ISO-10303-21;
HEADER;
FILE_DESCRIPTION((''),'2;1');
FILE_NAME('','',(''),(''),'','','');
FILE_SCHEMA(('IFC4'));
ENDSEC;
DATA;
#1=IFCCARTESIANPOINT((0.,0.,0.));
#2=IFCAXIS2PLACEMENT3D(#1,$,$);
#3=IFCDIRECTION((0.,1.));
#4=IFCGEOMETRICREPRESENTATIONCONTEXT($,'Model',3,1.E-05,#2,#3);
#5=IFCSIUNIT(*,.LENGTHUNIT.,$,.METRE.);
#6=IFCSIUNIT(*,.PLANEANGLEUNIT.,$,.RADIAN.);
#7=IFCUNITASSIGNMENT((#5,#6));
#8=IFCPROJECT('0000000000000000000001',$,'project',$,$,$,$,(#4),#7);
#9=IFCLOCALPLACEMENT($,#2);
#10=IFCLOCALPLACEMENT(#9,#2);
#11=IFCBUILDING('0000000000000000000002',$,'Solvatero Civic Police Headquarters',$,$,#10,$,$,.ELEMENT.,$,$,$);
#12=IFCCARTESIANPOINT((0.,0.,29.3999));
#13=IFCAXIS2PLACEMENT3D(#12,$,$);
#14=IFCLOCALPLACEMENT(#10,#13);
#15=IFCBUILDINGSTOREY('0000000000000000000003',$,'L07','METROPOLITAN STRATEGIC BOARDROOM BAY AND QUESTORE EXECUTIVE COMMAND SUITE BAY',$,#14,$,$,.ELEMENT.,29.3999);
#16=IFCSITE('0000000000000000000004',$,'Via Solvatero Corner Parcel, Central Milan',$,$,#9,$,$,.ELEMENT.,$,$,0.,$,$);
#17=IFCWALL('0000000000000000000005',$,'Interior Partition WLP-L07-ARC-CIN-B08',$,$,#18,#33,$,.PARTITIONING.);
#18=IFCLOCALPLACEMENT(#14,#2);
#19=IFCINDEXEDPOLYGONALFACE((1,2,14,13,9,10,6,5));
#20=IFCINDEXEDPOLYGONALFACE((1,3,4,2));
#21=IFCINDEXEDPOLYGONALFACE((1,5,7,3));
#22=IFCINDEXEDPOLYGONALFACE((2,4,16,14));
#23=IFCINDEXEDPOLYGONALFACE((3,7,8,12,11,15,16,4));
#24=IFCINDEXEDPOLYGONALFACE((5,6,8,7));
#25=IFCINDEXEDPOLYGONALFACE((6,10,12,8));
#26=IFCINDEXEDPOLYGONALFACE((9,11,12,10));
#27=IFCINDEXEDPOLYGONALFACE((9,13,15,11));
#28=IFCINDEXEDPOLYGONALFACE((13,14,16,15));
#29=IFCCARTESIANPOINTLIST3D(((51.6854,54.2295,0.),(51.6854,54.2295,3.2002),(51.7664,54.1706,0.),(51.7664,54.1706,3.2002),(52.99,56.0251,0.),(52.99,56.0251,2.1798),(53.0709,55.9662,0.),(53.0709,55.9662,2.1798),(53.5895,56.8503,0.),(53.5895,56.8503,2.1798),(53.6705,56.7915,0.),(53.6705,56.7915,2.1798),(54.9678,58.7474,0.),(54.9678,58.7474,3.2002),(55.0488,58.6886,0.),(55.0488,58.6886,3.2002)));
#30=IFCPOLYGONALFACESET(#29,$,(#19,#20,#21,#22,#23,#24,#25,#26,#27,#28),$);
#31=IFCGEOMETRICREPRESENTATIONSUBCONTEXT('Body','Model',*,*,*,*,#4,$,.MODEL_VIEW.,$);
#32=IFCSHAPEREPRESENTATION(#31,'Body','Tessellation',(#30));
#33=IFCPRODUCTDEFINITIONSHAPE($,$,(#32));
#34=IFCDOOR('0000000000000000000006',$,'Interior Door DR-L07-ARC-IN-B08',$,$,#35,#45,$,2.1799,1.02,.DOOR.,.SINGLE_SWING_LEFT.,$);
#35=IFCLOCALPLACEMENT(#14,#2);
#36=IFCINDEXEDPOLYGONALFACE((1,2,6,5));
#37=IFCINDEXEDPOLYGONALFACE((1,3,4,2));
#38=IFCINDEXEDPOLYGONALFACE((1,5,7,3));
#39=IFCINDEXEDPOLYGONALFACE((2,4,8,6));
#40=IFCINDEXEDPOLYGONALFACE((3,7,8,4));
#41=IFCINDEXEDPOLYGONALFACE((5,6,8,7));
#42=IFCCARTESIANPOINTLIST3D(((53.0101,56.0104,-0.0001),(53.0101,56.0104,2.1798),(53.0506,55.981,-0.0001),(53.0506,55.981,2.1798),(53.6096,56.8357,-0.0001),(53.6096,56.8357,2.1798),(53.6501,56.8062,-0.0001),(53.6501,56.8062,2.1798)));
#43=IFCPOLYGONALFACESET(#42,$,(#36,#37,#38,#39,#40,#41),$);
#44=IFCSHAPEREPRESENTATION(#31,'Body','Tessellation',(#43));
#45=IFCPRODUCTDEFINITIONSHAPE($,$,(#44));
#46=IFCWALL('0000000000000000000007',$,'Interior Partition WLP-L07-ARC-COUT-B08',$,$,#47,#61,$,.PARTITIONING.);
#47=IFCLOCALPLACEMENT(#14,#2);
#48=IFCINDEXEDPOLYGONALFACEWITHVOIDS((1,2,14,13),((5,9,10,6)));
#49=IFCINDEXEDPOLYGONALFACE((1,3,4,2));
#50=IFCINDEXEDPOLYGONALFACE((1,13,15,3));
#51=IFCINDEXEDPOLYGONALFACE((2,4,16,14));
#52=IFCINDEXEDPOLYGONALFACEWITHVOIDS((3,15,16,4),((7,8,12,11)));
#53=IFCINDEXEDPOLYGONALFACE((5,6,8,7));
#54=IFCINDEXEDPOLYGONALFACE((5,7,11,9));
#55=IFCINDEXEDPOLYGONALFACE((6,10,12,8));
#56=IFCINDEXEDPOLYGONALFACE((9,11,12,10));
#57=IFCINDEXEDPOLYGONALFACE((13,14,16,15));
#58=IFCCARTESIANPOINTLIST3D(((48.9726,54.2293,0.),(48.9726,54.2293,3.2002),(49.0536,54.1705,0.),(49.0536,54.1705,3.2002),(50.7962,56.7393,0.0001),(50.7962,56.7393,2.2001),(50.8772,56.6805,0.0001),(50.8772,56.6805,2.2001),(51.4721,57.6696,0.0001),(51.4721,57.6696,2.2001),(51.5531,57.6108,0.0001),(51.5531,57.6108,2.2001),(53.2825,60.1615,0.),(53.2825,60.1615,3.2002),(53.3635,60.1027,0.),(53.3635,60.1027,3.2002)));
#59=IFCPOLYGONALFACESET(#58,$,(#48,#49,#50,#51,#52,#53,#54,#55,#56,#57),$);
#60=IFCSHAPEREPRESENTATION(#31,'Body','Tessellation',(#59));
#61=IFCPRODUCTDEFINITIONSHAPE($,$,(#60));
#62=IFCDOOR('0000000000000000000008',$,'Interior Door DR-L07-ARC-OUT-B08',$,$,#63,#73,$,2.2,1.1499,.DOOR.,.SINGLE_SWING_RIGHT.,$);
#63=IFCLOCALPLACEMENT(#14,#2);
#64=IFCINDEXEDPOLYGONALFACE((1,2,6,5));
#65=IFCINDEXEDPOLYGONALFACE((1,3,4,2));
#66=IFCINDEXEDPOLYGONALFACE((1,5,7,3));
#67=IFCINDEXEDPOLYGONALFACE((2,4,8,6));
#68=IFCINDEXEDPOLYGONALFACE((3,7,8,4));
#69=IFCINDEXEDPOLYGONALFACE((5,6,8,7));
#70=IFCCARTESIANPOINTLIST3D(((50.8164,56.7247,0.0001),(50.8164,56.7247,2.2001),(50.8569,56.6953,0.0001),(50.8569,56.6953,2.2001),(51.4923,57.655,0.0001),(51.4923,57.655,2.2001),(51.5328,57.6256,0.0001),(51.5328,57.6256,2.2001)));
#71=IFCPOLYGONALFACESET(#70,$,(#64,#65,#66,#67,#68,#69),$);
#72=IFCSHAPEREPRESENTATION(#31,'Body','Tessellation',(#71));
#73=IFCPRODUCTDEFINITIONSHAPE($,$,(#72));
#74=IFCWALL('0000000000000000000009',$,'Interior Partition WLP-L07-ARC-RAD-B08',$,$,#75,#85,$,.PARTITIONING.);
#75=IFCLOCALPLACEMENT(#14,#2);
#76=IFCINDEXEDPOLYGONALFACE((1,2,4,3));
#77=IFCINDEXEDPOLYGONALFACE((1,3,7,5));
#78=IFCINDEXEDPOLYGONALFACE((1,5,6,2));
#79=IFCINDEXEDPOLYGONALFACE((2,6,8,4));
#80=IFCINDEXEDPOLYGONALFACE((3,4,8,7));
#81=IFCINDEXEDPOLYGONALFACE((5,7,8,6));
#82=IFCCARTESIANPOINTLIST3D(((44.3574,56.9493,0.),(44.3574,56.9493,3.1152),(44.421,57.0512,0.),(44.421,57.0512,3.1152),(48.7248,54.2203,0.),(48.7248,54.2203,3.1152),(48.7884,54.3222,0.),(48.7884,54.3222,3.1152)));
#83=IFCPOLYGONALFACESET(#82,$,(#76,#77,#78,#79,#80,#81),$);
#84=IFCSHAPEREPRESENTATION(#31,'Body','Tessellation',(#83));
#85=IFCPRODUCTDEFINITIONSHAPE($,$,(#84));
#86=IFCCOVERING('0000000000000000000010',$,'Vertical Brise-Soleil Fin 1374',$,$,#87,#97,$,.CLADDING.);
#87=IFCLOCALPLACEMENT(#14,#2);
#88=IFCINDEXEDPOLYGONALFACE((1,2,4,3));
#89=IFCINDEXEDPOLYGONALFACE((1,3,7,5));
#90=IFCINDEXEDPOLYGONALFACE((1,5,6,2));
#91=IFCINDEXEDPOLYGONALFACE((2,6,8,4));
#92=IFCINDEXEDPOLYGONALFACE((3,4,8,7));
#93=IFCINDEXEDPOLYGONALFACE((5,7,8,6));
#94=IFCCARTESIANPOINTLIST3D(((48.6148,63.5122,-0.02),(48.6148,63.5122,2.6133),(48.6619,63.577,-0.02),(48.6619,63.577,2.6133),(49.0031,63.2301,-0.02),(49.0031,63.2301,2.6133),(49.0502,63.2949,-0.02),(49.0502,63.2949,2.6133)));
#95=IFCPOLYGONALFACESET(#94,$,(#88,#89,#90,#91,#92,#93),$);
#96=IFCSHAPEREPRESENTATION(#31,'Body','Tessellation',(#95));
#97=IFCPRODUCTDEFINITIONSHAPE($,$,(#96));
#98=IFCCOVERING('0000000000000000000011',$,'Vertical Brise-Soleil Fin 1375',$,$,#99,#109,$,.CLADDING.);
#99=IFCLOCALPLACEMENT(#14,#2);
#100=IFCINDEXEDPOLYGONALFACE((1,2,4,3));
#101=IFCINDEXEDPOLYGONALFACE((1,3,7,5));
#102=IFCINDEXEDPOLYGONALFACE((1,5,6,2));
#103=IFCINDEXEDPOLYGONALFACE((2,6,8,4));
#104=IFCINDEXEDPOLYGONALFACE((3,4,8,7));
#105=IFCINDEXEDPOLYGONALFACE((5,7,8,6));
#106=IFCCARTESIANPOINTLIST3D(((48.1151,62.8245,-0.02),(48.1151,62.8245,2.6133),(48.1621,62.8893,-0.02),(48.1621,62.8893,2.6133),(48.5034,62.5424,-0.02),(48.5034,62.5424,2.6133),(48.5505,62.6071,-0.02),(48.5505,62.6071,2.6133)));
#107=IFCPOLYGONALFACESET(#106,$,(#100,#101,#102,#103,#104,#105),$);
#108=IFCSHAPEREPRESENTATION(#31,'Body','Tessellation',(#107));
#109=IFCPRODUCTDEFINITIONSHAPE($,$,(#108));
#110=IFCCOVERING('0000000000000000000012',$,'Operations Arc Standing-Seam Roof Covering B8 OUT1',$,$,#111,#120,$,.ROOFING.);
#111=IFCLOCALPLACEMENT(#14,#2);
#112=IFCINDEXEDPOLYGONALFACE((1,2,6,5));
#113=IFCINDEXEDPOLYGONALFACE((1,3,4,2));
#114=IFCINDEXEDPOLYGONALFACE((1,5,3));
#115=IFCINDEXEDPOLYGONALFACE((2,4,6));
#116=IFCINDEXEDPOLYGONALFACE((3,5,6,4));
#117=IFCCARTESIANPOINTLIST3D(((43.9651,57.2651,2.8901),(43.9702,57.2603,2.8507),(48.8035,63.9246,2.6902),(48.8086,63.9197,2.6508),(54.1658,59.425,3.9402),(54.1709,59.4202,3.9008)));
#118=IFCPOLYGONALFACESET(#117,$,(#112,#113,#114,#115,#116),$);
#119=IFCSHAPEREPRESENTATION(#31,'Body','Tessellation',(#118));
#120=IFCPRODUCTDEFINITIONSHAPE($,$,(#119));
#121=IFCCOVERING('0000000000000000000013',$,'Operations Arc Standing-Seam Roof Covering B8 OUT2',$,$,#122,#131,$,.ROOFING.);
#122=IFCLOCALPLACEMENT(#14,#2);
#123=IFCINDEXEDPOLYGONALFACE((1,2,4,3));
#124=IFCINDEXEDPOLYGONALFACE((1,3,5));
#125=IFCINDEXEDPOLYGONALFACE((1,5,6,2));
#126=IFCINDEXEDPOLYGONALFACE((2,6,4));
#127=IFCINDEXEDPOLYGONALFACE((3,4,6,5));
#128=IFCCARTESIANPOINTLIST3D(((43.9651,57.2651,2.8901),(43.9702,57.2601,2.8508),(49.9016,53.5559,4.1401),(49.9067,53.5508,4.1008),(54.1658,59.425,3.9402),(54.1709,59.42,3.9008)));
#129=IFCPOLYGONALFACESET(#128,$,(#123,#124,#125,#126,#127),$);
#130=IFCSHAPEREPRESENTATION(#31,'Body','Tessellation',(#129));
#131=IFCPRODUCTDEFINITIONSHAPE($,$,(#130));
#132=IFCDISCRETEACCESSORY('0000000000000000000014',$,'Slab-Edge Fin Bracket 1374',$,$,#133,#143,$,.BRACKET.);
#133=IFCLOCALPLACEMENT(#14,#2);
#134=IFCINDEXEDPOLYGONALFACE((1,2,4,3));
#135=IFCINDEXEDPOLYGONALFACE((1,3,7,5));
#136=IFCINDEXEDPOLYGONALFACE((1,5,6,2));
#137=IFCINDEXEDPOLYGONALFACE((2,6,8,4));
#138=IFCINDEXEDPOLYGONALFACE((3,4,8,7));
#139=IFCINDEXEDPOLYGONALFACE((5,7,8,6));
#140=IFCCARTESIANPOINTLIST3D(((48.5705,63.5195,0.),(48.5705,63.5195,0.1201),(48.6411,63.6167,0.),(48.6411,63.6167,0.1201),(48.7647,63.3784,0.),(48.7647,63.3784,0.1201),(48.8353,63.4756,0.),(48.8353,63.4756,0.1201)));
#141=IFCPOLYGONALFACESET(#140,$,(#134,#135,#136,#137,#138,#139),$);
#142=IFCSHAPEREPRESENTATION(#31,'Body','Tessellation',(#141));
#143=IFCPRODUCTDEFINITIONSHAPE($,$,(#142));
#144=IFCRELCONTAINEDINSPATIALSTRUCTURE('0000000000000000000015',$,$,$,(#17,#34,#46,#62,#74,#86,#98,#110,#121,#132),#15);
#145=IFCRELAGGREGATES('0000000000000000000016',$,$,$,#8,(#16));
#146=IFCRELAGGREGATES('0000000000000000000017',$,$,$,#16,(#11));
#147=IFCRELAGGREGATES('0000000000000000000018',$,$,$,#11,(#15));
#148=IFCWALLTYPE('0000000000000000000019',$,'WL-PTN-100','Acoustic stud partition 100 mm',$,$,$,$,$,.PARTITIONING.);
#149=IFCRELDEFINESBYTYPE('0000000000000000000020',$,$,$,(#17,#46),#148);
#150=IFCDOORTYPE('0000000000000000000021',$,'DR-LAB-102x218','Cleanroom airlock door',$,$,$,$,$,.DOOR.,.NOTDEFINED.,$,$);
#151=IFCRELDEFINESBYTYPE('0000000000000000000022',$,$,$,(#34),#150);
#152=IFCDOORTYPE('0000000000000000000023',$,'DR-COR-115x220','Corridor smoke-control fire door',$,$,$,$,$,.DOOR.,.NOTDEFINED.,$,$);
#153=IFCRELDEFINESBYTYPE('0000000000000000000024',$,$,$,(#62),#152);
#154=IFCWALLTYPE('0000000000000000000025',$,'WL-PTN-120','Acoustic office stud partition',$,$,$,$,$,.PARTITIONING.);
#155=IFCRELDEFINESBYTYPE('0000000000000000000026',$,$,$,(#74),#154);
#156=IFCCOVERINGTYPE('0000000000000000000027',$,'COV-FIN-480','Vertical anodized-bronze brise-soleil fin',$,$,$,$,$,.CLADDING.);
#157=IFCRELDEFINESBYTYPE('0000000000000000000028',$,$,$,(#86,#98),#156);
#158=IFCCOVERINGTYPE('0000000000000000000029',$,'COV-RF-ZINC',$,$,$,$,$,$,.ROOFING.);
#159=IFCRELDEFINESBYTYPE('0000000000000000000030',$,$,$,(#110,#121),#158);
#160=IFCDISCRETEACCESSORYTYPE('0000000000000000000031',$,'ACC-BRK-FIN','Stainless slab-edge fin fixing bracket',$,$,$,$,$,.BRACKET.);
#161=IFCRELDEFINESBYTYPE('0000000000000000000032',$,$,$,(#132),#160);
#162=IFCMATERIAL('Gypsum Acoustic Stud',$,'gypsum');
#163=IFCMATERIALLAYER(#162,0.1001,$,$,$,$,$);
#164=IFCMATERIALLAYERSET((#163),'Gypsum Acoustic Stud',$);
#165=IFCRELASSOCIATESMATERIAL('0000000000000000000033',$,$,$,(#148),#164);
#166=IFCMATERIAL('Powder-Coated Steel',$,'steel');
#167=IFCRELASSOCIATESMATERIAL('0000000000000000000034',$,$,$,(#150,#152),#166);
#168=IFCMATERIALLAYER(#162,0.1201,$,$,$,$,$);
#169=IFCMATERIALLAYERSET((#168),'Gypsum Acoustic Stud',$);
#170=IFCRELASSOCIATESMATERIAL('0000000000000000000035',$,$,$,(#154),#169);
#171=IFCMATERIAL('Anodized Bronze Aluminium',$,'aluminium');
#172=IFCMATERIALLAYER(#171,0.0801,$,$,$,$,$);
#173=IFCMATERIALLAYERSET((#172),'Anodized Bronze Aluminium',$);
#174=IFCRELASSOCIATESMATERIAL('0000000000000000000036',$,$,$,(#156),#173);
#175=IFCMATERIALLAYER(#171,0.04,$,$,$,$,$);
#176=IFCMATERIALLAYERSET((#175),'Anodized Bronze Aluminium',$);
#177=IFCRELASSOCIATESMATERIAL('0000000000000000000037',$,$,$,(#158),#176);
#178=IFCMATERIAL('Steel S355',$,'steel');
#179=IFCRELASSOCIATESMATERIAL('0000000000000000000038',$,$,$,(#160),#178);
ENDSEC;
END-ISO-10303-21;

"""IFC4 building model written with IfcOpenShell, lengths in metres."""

from ifc_helpers import new_model, si_unit, direction, frame, frame_2d, origin, origin_2d, place, context, subcontext, project, spatial, polyline, rectangle, outline, extrude, material, layer, layer_set, type_object, element, fill, save


model = new_model("IFC4")

# Units and contexts
model_context = context("Model", 3, precision=1e-05, world=origin(), true_north=direction((0.0, 1.0)))
body_context = subcontext(model_context, "Body", "Model", "MODEL_VIEW")
ifc_project = project(units=[si_unit("LENGTHUNIT", "METRE"), si_unit("PLANEANGLEUNIT", "RADIAN")], contexts=[model_context])

# Site, building, storey
site_placement = place(None, origin())
site = spatial("IfcSite", under=ifc_project, at=site_placement, Name="Via Solvatero Corner Parcel, Central Milan", CompositionType="ELEMENT", RefElevation=0.0)
building_placement = place(site_placement, origin())
building = spatial("IfcBuilding", under=site, at=building_placement, Name="Solvatero Civic Police Headquarters", CompositionType="ELEMENT")
storey_placement = place(building_placement, frame((0.0, 0.0, 29.3999)))
storey = spatial("IfcBuildingStorey", under=building, at=storey_placement, Name="L07", Description="METROPOLITAN STRATEGIC BOARDROOM BAY AND QUESTORE EXECUTIVE COMMAND SUITE BAY", CompositionType="ELEMENT", Elevation=29.3999)

# Shared definitions
ifc_material_1 = material(Name="Steel S355", Category="steel")

# Shared definitions
ifc_material_2 = material(Name="Anodized Bronze Aluminium", Category="aluminium")

# Walls, openings, doors
ifc_material_3 = material(Name="Gypsum Acoustic Stud", Category="gypsum")
ifc_layer_1 = layer(ifc_material_3, 0.1001)
ifc_layer_set_1 = layer_set([ifc_layer_1], Name="Gypsum Acoustic Stud")
wall_type_1 = type_object("IfcWallType", Name="WL-PTN-100", Description="Acoustic stud partition 100 mm", PredefinedType="PARTITIONING", material=ifc_layer_set_1)
wall_1_placement = place(storey_placement, frame((55.0083, 58.718, 0.0), z_axis=(0.0, 0.0, 1.0), x_axis=(-0.587774, -0.809025, 0.0)))
wall_1 = element("IfcWall", 1, at=wall_1_placement, inside=storey, type_object=wall_type_1, Name="Interior Partition WLP-L07-ARC-CIN-B08", PredefinedType="PARTITIONING", context=body_context, shape_type="SweptSolid", body=[
    extrude(rectangle(XDim=5.5845, YDim=0.1001, at=frame_2d((2.7922, 0.0))), origin(), (0.0, 0.0, 1.0), 3.2002),
])
opening_1_placement = place(wall_1_placement, frame((2.345, 0.0, 0.0)))
opening_1 = element("IfcOpeningElement", 2, at=opening_1_placement, cuts=wall_1, PredefinedType="OPENING", context=body_context, shape_type="SweptSolid", body=[
    extrude(rectangle(XDim=1.02, YDim=2.1799, at=frame_2d((0.51, 1.0898))), frame((0.0, 0.0601, 0.0), z_axis=(0.0, -1.0, 0.0), x_axis=(1.0, 0.0, 0.0)), (0.0, 0.0, 1.0), 0.1201),
])
ifc_material_4 = material(Name="Powder-Coated Steel", Category="steel")
door_type_1 = type_object("IfcDoorType", Name="DR-LAB-102x218", Description="Cleanroom airlock door", OperationType="NOTDEFINED", PredefinedType="DOOR", material=ifc_material_4)
door_1_placement = place(opening_1_placement, origin())
door_1 = element("IfcDoor", 3, at=door_1_placement, inside=storey, type_object=door_type_1, Name="Interior Door DR-L07-ARC-IN-B08", OperationType="SINGLE_SWING_LEFT", OverallHeight=2.1799, OverallWidth=1.02, PredefinedType="DOOR", context=body_context, shape_type="SweptSolid", body=[
    extrude(rectangle(XDim=1.02, YDim=2.1799, at=frame_2d((0.51, 1.0898))), frame((0.0, 0.0249, 0.0), z_axis=(0.0, -1.0, 0.0), x_axis=(1.0, 0.0, 0.0)), (0.0, 0.0, 1.0), 0.05),
])
fill(opening_1, door_1)
wall_2_placement = place(storey_placement, frame((53.323, 60.1321, 0.0), z_axis=(0.0, 0.0, 1.0), x_axis=(-0.587774, -0.809025, 0.0)))
wall_2 = element("IfcWall", 4, at=wall_2_placement, inside=storey, type_object=wall_type_1, Name="Interior Partition WLP-L07-ARC-COUT-B08", PredefinedType="PARTITIONING", context=body_context, shape_type="SweptSolid", body=[
    extrude(rectangle(XDim=7.3325, YDim=0.1001, at=frame_2d((3.6663, 0.0))), origin(), (0.0, 0.0, 1.0), 3.2002),
])
opening_2_placement = place(wall_2_placement, frame((3.0801, 0.0, 0.0)))
opening_2 = element("IfcOpeningElement", 5, at=opening_2_placement, cuts=wall_2, PredefinedType="OPENING", context=body_context, shape_type="SweptSolid", body=[
    extrude(rectangle(XDim=1.1499, YDim=2.2, at=frame_2d((0.575, 1.1001))), frame((0.0, 0.0601, 0.0), z_axis=(0.0, -1.0, 0.0), x_axis=(1.0, 0.0, 0.0)), (0.0, 0.0, 1.0), 0.1201),
])
door_type_2 = type_object("IfcDoorType", Name="DR-COR-115x220", Description="Corridor smoke-control fire door", OperationType="NOTDEFINED", PredefinedType="DOOR", material=ifc_material_4)
door_2_placement = place(opening_2_placement, origin())
door_2 = element("IfcDoor", 6, at=door_2_placement, inside=storey, type_object=door_type_2, Name="Interior Door DR-L07-ARC-OUT-B08", OperationType="SINGLE_SWING_RIGHT", OverallHeight=2.2, OverallWidth=1.1499, PredefinedType="DOOR", context=body_context, shape_type="SweptSolid", body=[
    extrude(rectangle(XDim=1.1499, YDim=2.2, at=frame_2d((0.575, 1.1001))), frame((0.0, 0.0249, 0.0), z_axis=(0.0, -1.0, 0.0), x_axis=(1.0, 0.0, 0.0)), (0.0, 0.0, 1.0), 0.05),
])
fill(opening_2, door_2)

# Wall
ifc_layer_2 = layer(ifc_material_3, 0.1201)
ifc_layer_set_2 = layer_set([ifc_layer_2], Name="Gypsum Acoustic Stud")
wall_type_2 = type_object("IfcWallType", Name="WL-PTN-120", Description="Acoustic office stud partition", PredefinedType="PARTITIONING", material=ifc_layer_set_2)
wall_3_placement = place(storey_placement, frame((48.7566, 54.2712, 0.0), z_axis=(0.0, 0.0, 1.0), x_axis=(-0.848054, 0.529909, 0.0)))
element("IfcWall", 7, at=wall_3_placement, inside=storey, type_object=wall_type_2, Name="Interior Partition WLP-L07-ARC-RAD-B08", PredefinedType="PARTITIONING", context=body_context, shape_type="SweptSolid", body=[
    extrude(rectangle(XDim=5.1499, YDim=0.1201, at=frame_2d((2.575, 0.0))), origin(), (0.0, 0.0, 1.0), 3.1152),
])

# Coverings
ifc_layer_3 = layer(ifc_material_2, 0.0801)
ifc_layer_set_3 = layer_set([ifc_layer_3], Name="Anodized Bronze Aluminium")
covering_type_1 = type_object("IfcCoveringType", Name="COV-FIN-480", Description="Vertical anodized-bronze brise-soleil fin", PredefinedType="CLADDING", material=ifc_layer_set_3)
for number, where, z_axis, x_axis, name in (
    (8, (48.8325, 63.4036, -0.02), (0.0, 0.0, 1.0), (-0.587785, -0.809017, 0.0), "Vertical Brise-Soleil Fin 1374"),
    (9, (48.3328, 62.7158, -0.02), (0.0, 0.0, 1.0), (-0.587785, -0.809017, 0.0), "Vertical Brise-Soleil Fin 1375"),
):
    element("IfcCovering", number, at=place(storey_placement, frame(where, z_axis=z_axis, x_axis=x_axis)), inside=storey, type_object=covering_type_1, Name=name, PredefinedType="CLADDING", context=body_context, shape_type="SweptSolid", body=[
        extrude(rectangle(XDim=0.0801, YDim=0.48, at=origin_2d()), origin(), (0.0, 0.0, 1.0), 2.6333),
    ])
ifc_layer_4 = layer(ifc_material_2, 0.04)
ifc_layer_set_4 = layer_set([ifc_layer_4], Name="Anodized Bronze Aluminium")
covering_type_2 = type_object("IfcCoveringType", Name="COV-RF-ZINC", PredefinedType="ROOFING", material=ifc_layer_set_4)
covering_1_placement = place(storey_placement, frame((54.1658, 59.425, 3.9402), z_axis=(-0.127148, 0.121934, 0.98436), x_axis=(-0.754115, 0.632778, -0.175791)))
element("IfcCovering", 10, at=covering_1_placement, inside=storey, type_object=covering_type_2, Name="Operations Arc Standing-Seam Roof Covering B8 OUT1", PredefinedType="ROOFING", context=body_context, shape_type="SweptSolid", body=[
    extrude(outline(polyline([(0.0, 0.0), (7.1107, 0.0), (6.5103, 8.212), (0.0, 0.0)])), origin(), (0.0, 0.0, -1.0), 0.04),
])
covering_2_placement = place(storey_placement, frame((54.1658, 59.425, 3.9402), z_axis=(-0.128052, 0.126547, 0.983661), x_axis=(-0.973386, -0.206107, -0.100199)))
element("IfcCovering", 11, at=covering_2_placement, inside=storey, type_object=covering_type_2, Name="Operations Arc Standing-Seam Roof Covering B8 OUT2", PredefinedType="ROOFING", context=body_context, shape_type="SweptSolid", body=[
    extrude(outline(polyline([(0.0, 0.0), (10.4796, 0.0), (5.3403, 4.9144), (0.0, 0.0)])), origin(), (0.0, 0.0, -1.0), 0.04),
])

# Discrete accessory
discrete_accessory_type = type_object("IfcDiscreteAccessoryType", Name="ACC-BRK-FIN", Description="Stainless slab-edge fin fixing bracket", PredefinedType="BRACKET", material=ifc_material_1)
discrete_accessory_placement = place(storey_placement, frame((48.7029, 63.4976, 0.0), z_axis=(0.0, 0.0, 1.0), x_axis=(-0.587785, -0.809017, 0.0)))
element("IfcDiscreteAccessory", 12, at=discrete_accessory_placement, inside=storey, type_object=discrete_accessory_type, Name="Slab-Edge Fin Bracket 1374", PredefinedType="BRACKET", context=body_context, shape_type="SweptSolid", body=[
    extrude(rectangle(XDim=0.1201, YDim=0.24, at=origin_2d()), origin(), (0.0, 0.0, 1.0), 0.1201),
])

save(model, "model.ifc")
